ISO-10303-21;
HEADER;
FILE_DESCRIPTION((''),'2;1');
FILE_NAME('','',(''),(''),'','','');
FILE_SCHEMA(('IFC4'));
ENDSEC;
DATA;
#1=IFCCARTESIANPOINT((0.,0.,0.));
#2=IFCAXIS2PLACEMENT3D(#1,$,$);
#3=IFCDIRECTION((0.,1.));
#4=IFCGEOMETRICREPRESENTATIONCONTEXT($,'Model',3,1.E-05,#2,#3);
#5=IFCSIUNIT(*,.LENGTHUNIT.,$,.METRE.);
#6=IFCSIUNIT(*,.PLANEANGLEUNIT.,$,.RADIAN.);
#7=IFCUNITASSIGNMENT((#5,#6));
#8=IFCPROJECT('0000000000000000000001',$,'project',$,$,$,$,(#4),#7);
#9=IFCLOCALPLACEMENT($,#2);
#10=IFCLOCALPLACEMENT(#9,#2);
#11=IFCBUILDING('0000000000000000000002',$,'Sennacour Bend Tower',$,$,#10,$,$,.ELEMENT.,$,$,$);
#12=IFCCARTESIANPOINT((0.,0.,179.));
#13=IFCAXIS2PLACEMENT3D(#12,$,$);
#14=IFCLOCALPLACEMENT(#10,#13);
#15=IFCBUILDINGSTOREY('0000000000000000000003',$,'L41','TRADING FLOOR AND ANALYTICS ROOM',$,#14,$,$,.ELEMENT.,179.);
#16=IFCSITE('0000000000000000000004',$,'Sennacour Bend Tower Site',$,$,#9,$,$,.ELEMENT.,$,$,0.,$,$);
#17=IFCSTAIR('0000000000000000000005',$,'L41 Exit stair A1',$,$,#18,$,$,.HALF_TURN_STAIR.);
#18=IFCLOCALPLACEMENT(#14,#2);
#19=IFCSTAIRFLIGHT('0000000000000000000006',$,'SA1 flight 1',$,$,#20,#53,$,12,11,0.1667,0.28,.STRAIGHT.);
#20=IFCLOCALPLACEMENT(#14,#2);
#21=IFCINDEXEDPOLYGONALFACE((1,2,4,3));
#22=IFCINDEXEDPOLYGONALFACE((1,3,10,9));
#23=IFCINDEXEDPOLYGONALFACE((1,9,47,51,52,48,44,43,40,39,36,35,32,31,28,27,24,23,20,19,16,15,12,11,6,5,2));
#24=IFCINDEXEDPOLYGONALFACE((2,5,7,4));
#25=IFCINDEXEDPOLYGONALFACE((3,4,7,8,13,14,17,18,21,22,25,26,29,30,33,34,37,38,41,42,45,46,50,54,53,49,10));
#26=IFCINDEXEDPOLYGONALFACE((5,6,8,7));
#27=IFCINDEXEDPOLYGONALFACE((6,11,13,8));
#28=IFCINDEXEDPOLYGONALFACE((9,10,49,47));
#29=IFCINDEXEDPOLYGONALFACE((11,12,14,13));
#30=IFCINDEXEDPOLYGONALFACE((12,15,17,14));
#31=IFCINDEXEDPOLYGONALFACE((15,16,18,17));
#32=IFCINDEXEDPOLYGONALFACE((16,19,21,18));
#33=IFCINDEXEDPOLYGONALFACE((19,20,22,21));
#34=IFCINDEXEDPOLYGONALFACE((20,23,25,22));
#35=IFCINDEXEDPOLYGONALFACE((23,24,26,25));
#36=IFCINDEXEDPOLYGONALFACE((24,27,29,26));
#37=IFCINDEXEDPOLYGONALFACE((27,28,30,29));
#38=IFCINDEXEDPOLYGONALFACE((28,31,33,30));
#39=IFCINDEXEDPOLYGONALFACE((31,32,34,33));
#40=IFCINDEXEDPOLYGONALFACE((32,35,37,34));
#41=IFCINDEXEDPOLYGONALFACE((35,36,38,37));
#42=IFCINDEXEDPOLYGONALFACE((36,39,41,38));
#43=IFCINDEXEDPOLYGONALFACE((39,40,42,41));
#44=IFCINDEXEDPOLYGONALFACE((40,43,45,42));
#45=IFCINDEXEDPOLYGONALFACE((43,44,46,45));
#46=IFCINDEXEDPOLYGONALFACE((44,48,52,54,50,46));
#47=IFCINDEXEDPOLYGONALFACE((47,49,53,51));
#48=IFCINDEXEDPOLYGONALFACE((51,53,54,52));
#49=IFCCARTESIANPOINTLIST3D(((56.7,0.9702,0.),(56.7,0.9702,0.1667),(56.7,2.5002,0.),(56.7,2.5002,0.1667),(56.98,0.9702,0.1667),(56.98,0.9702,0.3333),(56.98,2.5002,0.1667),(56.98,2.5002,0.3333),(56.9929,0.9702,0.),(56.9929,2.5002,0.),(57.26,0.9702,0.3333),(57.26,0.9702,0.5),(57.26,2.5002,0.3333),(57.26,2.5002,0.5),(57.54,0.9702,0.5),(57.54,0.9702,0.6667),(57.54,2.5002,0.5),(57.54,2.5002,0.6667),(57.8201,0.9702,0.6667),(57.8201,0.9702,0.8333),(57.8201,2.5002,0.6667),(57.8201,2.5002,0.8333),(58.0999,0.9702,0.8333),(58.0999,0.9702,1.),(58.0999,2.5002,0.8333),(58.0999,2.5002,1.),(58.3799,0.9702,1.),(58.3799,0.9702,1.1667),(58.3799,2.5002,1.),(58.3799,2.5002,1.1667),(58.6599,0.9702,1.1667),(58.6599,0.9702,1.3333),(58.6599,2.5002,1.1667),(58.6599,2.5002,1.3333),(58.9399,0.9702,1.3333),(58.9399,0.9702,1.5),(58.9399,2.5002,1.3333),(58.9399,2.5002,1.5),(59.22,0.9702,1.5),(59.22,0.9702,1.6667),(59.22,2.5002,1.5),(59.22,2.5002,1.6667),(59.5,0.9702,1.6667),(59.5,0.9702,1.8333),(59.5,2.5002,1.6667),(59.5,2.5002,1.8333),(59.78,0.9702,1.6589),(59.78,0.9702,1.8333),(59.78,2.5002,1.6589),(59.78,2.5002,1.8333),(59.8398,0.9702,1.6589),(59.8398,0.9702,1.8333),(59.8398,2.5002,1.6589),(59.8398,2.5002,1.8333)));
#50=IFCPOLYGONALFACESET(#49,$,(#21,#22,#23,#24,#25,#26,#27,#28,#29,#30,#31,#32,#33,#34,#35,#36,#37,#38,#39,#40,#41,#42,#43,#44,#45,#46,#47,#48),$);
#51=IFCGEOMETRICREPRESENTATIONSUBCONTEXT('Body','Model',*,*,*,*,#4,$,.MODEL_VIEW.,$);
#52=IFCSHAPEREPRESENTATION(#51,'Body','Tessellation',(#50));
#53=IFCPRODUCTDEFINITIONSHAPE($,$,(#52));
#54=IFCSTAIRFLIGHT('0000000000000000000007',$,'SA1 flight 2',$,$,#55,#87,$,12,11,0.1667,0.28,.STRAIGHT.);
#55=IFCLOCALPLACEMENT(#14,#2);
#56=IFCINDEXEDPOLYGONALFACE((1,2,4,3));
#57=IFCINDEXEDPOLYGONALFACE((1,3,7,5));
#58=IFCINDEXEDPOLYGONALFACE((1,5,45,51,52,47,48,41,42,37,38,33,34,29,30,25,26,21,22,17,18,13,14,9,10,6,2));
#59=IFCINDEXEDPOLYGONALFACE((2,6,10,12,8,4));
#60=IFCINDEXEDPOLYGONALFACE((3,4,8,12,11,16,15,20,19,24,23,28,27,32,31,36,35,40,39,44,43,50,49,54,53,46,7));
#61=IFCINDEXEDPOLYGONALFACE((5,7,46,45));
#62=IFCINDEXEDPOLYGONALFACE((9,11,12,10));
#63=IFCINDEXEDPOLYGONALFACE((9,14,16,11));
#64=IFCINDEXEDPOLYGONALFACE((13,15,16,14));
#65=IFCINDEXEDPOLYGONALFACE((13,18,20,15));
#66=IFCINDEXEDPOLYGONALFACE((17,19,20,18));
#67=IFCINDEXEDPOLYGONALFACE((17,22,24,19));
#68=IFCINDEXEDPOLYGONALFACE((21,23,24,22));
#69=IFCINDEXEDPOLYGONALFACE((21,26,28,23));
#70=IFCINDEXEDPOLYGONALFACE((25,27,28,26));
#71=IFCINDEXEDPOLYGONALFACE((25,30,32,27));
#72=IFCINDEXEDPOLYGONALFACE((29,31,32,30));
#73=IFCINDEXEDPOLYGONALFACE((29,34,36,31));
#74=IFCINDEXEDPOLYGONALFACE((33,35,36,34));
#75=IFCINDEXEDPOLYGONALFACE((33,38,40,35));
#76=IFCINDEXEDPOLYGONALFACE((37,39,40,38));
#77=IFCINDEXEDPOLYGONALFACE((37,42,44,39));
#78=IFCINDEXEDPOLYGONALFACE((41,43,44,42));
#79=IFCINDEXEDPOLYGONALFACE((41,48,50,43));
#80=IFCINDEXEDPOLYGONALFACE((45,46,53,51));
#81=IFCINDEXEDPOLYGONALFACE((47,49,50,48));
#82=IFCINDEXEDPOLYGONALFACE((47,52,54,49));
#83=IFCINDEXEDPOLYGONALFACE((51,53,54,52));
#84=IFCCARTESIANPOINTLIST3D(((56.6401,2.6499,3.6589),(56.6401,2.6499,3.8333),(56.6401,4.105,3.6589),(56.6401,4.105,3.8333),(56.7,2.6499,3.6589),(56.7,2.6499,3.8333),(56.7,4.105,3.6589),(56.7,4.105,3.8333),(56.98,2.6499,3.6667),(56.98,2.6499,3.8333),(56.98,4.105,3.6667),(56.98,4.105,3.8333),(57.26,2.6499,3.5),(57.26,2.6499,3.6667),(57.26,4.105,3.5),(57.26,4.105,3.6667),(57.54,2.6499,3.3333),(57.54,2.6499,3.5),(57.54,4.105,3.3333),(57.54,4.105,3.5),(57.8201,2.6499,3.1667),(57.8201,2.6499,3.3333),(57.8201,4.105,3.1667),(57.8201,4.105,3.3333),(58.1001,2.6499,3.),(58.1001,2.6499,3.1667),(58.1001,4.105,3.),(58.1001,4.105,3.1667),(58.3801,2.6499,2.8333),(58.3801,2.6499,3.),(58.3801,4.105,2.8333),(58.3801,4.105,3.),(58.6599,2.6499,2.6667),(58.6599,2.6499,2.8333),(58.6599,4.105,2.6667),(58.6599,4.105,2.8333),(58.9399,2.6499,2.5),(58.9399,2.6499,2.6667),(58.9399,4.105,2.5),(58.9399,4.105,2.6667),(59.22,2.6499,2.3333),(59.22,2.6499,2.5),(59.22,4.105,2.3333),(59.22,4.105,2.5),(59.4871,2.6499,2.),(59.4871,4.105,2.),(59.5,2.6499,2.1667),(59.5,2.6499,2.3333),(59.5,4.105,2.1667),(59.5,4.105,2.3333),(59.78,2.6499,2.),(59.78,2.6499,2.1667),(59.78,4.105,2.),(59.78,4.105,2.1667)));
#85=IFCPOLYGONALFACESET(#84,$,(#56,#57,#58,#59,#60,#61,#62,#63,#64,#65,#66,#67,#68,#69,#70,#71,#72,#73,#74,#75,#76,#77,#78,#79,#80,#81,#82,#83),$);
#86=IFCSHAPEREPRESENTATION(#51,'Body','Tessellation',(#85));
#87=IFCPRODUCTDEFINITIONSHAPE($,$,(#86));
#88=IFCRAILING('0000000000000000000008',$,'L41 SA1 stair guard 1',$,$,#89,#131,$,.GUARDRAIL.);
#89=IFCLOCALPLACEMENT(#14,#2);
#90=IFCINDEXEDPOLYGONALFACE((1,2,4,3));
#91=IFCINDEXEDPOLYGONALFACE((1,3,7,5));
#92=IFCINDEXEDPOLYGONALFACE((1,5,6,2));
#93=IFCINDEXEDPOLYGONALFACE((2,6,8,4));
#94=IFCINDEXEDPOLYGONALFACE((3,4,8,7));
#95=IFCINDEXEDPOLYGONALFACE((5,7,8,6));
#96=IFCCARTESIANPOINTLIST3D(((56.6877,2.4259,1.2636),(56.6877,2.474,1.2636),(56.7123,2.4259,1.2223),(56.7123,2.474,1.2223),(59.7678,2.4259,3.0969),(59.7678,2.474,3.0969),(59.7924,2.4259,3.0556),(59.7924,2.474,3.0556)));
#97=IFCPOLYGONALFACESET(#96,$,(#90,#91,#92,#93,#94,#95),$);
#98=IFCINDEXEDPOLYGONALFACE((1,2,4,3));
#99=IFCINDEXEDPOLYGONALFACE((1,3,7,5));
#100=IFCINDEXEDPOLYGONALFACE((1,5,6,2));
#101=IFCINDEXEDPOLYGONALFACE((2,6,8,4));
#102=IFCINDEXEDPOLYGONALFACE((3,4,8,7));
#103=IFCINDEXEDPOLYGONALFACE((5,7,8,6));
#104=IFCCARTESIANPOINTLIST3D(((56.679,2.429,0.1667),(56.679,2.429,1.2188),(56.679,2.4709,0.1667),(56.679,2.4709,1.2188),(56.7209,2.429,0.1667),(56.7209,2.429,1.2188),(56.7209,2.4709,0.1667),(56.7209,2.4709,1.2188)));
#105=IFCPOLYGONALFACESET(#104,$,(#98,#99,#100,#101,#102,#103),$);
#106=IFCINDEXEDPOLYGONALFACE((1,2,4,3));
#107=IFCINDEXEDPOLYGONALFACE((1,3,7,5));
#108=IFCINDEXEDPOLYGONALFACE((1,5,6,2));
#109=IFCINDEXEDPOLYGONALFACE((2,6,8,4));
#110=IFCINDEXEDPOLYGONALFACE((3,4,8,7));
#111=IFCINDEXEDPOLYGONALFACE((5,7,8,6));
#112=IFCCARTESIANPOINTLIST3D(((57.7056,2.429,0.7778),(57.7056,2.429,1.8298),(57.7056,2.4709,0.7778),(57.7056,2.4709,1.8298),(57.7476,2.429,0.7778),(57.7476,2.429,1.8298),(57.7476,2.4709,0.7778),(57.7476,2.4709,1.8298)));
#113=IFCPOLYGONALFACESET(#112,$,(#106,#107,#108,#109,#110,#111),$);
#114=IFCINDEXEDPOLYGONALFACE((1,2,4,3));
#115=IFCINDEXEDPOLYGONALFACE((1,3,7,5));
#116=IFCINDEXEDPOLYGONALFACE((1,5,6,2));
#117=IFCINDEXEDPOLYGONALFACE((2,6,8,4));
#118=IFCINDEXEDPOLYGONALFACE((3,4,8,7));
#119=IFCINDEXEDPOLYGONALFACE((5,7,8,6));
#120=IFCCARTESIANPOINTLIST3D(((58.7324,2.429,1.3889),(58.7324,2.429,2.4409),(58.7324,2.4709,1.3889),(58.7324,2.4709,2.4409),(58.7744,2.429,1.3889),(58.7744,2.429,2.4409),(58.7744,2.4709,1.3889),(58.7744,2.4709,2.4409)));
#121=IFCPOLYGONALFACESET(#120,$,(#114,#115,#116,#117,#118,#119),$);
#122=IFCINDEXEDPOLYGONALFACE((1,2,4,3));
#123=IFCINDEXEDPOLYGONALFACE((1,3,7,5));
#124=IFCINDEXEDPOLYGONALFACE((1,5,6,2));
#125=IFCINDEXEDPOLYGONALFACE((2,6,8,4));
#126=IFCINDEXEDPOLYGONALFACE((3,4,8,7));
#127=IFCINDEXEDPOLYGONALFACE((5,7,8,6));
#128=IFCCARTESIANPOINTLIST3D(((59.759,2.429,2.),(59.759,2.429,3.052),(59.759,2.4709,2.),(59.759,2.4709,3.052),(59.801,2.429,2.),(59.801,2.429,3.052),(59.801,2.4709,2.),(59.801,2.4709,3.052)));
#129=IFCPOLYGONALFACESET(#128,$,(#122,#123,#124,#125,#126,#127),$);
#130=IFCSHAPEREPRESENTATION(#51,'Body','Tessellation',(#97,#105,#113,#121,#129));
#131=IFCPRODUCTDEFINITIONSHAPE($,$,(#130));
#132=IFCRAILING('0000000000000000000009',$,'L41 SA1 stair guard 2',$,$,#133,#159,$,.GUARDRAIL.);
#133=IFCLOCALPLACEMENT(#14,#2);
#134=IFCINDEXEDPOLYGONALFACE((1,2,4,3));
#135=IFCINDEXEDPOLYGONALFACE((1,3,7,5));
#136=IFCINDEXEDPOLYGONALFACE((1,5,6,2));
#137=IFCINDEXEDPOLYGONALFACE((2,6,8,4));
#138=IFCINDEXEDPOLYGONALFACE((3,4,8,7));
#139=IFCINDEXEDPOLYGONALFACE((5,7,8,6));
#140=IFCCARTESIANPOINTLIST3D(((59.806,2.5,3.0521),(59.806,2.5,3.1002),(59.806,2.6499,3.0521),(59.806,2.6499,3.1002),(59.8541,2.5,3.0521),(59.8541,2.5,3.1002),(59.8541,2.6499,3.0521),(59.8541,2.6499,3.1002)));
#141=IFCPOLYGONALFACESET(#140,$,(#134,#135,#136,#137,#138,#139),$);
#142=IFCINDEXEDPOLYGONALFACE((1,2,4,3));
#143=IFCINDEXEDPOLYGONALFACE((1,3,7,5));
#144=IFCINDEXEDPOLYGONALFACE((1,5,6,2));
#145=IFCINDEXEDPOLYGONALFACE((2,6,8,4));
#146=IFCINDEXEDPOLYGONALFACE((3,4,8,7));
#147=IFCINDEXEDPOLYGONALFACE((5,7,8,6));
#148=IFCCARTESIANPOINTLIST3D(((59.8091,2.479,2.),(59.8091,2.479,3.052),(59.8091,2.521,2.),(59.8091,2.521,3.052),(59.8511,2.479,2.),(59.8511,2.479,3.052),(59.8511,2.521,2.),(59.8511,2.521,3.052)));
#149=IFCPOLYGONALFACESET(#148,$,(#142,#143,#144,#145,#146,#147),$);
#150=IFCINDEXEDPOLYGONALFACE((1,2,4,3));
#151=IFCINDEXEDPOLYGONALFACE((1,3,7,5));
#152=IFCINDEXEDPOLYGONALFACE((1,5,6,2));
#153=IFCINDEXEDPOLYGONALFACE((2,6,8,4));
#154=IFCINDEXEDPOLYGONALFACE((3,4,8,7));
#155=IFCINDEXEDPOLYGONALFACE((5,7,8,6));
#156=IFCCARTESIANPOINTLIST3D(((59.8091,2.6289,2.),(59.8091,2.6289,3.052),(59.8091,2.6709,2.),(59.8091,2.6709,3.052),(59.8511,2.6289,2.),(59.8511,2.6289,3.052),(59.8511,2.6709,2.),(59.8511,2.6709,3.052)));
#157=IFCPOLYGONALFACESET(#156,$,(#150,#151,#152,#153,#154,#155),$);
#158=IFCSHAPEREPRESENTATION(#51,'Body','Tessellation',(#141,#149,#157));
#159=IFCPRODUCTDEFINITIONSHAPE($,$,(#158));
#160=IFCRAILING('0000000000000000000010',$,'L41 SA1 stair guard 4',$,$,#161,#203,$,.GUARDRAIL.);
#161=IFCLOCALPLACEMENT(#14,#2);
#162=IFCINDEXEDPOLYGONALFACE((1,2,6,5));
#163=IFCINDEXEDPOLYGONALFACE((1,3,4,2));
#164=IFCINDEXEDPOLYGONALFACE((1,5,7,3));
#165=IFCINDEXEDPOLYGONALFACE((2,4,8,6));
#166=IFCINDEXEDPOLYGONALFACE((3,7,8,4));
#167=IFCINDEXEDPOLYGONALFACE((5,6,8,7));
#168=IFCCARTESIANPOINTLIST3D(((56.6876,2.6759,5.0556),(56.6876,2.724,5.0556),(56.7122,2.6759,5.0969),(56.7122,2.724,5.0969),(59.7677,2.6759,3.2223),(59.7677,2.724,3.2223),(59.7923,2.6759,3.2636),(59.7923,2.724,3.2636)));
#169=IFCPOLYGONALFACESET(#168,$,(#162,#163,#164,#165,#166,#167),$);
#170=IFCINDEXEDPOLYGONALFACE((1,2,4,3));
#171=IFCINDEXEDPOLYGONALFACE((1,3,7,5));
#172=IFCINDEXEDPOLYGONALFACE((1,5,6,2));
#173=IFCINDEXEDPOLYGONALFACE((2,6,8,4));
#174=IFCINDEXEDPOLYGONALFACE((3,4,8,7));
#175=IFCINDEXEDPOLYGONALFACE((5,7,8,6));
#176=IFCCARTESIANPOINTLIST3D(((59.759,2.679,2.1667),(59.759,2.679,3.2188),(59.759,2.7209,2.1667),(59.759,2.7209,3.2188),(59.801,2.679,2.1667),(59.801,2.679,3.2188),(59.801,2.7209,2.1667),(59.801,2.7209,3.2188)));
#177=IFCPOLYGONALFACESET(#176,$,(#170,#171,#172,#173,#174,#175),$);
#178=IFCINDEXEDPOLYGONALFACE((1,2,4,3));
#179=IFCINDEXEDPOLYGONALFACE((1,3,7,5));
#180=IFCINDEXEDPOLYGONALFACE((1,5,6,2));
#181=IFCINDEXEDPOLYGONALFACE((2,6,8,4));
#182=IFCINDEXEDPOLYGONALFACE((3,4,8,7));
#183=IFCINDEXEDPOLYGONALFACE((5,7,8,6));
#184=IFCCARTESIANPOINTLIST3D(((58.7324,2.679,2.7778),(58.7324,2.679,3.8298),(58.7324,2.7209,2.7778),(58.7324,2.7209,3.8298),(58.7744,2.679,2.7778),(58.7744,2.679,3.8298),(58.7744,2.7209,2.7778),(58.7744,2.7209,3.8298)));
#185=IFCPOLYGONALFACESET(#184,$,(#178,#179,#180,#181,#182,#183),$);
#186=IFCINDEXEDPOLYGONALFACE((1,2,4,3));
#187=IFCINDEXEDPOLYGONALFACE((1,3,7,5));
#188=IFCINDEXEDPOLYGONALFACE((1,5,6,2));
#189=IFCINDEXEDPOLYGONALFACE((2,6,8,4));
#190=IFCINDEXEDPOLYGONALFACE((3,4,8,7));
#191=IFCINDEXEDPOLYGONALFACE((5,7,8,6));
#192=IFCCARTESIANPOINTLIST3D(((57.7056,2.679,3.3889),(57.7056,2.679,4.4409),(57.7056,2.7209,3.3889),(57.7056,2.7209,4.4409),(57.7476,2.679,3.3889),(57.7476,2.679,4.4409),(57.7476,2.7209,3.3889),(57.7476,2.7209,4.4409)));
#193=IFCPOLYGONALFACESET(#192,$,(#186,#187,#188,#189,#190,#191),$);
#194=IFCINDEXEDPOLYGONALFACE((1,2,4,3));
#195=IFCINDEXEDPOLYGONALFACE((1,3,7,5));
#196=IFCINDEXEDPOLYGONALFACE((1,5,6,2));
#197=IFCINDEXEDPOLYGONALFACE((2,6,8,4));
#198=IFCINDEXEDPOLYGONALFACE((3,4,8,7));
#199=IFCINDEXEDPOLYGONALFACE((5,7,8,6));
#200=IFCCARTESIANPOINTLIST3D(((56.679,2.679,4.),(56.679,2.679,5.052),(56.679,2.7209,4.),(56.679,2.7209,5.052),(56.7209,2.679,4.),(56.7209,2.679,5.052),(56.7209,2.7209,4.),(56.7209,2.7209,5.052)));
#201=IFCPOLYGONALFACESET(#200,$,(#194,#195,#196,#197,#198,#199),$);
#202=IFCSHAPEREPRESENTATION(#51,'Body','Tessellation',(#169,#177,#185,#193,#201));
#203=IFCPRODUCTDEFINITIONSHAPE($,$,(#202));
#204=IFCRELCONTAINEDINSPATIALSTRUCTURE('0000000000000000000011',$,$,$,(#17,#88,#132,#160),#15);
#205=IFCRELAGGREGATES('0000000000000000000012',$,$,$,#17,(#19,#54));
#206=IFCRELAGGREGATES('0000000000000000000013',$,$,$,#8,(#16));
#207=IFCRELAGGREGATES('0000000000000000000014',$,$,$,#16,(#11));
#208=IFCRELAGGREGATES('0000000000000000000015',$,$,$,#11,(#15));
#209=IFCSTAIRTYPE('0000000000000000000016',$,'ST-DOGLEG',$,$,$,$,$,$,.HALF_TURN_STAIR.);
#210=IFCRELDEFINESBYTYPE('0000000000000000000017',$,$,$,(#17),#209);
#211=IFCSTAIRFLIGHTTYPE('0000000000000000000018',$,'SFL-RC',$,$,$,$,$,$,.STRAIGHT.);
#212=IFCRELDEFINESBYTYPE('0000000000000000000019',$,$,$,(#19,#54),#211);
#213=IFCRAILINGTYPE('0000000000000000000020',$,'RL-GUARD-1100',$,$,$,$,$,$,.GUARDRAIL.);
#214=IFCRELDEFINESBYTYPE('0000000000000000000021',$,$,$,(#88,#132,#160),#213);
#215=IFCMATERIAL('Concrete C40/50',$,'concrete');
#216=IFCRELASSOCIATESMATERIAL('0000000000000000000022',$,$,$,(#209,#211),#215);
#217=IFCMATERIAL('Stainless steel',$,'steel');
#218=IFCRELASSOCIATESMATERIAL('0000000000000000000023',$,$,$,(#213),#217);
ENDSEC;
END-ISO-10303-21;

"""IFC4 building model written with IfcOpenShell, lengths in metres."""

from ifc_helpers import new_model, si_unit, direction, frame, origin, origin_2d, place, context, subcontext, project, spatial, polyline, rectangle, outline, extrude, material, type_object, element, aggregate, save


model = new_model("IFC4")

# Units and contexts
model_context = context("Model", 3, precision=1e-05, world=origin(), true_north=direction((0.0, 1.0)))
body_context = subcontext(model_context, "Body", "Model", "MODEL_VIEW")
ifc_project = project(units=[si_unit("LENGTHUNIT", "METRE"), si_unit("PLANEANGLEUNIT", "RADIAN")], contexts=[model_context])

# Site, building, storey
site_placement = place(None, origin())
site = spatial("IfcSite", under=ifc_project, at=site_placement, Name="Sennacour Bend Tower Site", CompositionType="ELEMENT", RefElevation=0.0)
building_placement = place(site_placement, origin())
building = spatial("IfcBuilding", under=site, at=building_placement, Name="Sennacour Bend Tower", CompositionType="ELEMENT")
storey_placement = place(building_placement, frame((0.0, 0.0, 179.0)))
storey = spatial("IfcBuildingStorey", under=building, at=storey_placement, Name="L41", Description="TRADING FLOOR AND ANALYTICS ROOM", CompositionType="ELEMENT", Elevation=179.0)

# Shared definitions
ifc_material_1 = material(Name="Stainless steel", Category="steel")

# Stair, stair flights
ifc_material_2 = material(Name="Concrete C40/50", Category="concrete")
stair_type = type_object("IfcStairType", Name="ST-DOGLEG", PredefinedType="HALF_TURN_STAIR", material=ifc_material_2)
stair_placement = place(storey_placement, origin())
stair = element("IfcStair", 1, at=stair_placement, inside=storey, type_object=stair_type, Name="L41 Exit stair A1", PredefinedType="HALF_TURN_STAIR")
stair_flight_type = type_object("IfcStairFlightType", Name="SFL-RC", PredefinedType="STRAIGHT", material=ifc_material_2)
stair_flight_1_placement = place(storey_placement, frame((56.7, 1.7351, 0.0), z_axis=(0.0, 0.0, 1.0), x_axis=(1.0, 0.0, 0.0)))
stair_flight_1 = element("IfcStairFlight", 2, at=stair_flight_1_placement, type_object=stair_flight_type, Name="SA1 flight 1", NumberOfRisers=12, NumberOfTreads=11, PredefinedType="STRAIGHT", RiserHeight=0.1667, TreadLength=0.28, context=body_context, shape_type="SweptSolid", body=[
    extrude(outline(polyline([(0.0, 0.0), (0.0, 0.1667), (0.28, 0.1667), (0.28, 0.3333), (0.5601, 0.3333), (0.5601, 0.5), (0.8401, 0.5), (0.8401, 0.6667), (1.1201, 0.6667), (1.1201, 0.8333), (1.3999, 0.8333), (1.3999, 1.0), (1.6799, 1.0), (1.6799, 1.1667), (1.96, 1.1667), (1.96, 1.3333), (2.24, 1.3333), (2.24, 1.5), (2.52, 1.5), (2.52, 1.6667), (2.8, 1.6667), (2.8, 1.8333), (3.0801, 1.8333), (3.1399, 1.8333), (3.1399, 1.6589), (3.0801, 1.6589), (0.293, 0.0), (0.0, 0.0)])), frame((0.0, 0.7651, 0.0), z_axis=(0.0, -1.0, 0.0), x_axis=(1.0, 0.0, 0.0)), (0.0, 0.0, 1.0), 1.53),
])
stair_flight_2_placement = place(storey_placement, frame((59.78, 3.3774, 2.0), z_axis=(0.0, 0.0, 1.0), x_axis=(-1.0, 0.0, 0.0)))
stair_flight_2 = element("IfcStairFlight", 3, at=stair_flight_2_placement, type_object=stair_flight_type, Name="SA1 flight 2", NumberOfRisers=12, NumberOfTreads=11, PredefinedType="STRAIGHT", RiserHeight=0.1667, TreadLength=0.28, context=body_context, shape_type="SweptSolid", body=[
    extrude(outline(polyline([(0.0, 0.0), (0.0, 0.1667), (0.28, 0.1667), (0.28, 0.3333), (0.5601, 0.3333), (0.5601, 0.5), (0.8401, 0.5), (0.8401, 0.6667), (1.1201, 0.6667), (1.1201, 0.8333), (1.3999, 0.8333), (1.3999, 1.0), (1.6799, 1.0), (1.6799, 1.1667), (1.96, 1.1667), (1.96, 1.3333), (2.24, 1.3333), (2.24, 1.5), (2.52, 1.5), (2.52, 1.6667), (2.8, 1.6667), (2.8, 1.8333), (3.0801, 1.8333), (3.1399, 1.8333), (3.1399, 1.6589), (3.0801, 1.6589), (0.293, 0.0), (0.0, 0.0)])), frame((0.0, 0.7275, 0.0), z_axis=(0.0, -1.0, 0.0), x_axis=(1.0, 0.0, 0.0)), (0.0, 0.0, 1.0), 1.4551),
])
aggregate(stair, [stair_flight_1, stair_flight_2])

# Railings
railing_type_1 = type_object("IfcRailingType", Name="RL-GUARD-1100", PredefinedType="GUARDRAIL", material=ifc_material_1)
railing_1_placement = place(storey_placement, frame((56.7, 2.45, 0.1667)))
element("IfcRailing", 4, at=railing_1_placement, inside=storey, type_object=railing_type_1, Name="L41 SA1 stair guard 1", PredefinedType="GUARDRAIL", context=body_context, shape_type="SweptSolid", body=[
    extrude(rectangle(XDim=0.0481, YDim=0.0481, at=origin_2d()), frame((0.0, 0.0, 1.0762), z_axis=(0.859309, 0.0, 0.511458), x_axis=(0.0, 1.0, 0.0)), (0.0, 0.0, 1.0), 3.5845),
    extrude(rectangle(XDim=0.042, YDim=0.042, at=origin_2d()), origin(), (0.0, 0.0, 1.0), 1.052),
    extrude(rectangle(XDim=0.042, YDim=0.042, at=origin_2d()), frame((1.0266, 0.0, 0.6111)), (0.0, 0.0, 1.0), 1.052),
    extrude(rectangle(XDim=0.042, YDim=0.042, at=origin_2d()), frame((2.0535, 0.0, 1.2222)), (0.0, 0.0, 1.0), 1.052),
    extrude(rectangle(XDim=0.042, YDim=0.042, at=origin_2d()), frame((3.0801, 0.0, 1.8333)), (0.0, 0.0, 1.0), 1.052),
])
railing_2_placement = place(storey_placement, frame((59.8301, 2.5, 2.0)))
element("IfcRailing", 5, at=railing_2_placement, inside=storey, type_object=railing_type_1, Name="L41 SA1 stair guard 2", PredefinedType="GUARDRAIL", context=body_context, shape_type="SweptSolid", body=[
    extrude(rectangle(XDim=0.0481, YDim=0.0481, at=origin_2d()), frame((0.0, 0.0, 1.0762), z_axis=(0.0, 1.0, 0.0), x_axis=(-1.0, 0.0, 0.0)), (0.0, 0.0, 1.0), 0.1499),
    extrude(rectangle(XDim=0.042, YDim=0.042, at=origin_2d()), origin(), (0.0, 0.0, 1.0), 1.052),
    extrude(rectangle(XDim=0.042, YDim=0.042, at=origin_2d()), frame((0.0, 0.1499, 0.0)), (0.0, 0.0, 1.0), 1.052),
])
railing_3_placement = place(storey_placement, frame((59.78, 2.7, 2.1667)))
element("IfcRailing", 6, at=railing_3_placement, inside=storey, type_object=railing_type_1, Name="L41 SA1 stair guard 4", PredefinedType="GUARDRAIL", context=body_context, shape_type="SweptSolid", body=[
    extrude(rectangle(XDim=0.0481, YDim=0.0481, at=origin_2d()), frame((0.0, 0.0, 1.0762), z_axis=(-0.859309, 0.0, 0.511458), x_axis=(0.0, -1.0, 0.0)), (0.0, 0.0, 1.0), 3.5845),
    extrude(rectangle(XDim=0.042, YDim=0.042, at=origin_2d()), origin(), (0.0, 0.0, 1.0), 1.052),
    extrude(rectangle(XDim=0.042, YDim=0.042, at=origin_2d()), frame((-1.0266, 0.0, 0.6111)), (0.0, 0.0, 1.0), 1.052),
    extrude(rectangle(XDim=0.042, YDim=0.042, at=origin_2d()), frame((-2.0535, 0.0, 1.2222)), (0.0, 0.0, 1.0), 1.052),
    extrude(rectangle(XDim=0.042, YDim=0.042, at=origin_2d()), frame((-3.0801, 0.0, 1.8333)), (0.0, 0.0, 1.0), 1.052),
])

save(model, "model.ifc")
